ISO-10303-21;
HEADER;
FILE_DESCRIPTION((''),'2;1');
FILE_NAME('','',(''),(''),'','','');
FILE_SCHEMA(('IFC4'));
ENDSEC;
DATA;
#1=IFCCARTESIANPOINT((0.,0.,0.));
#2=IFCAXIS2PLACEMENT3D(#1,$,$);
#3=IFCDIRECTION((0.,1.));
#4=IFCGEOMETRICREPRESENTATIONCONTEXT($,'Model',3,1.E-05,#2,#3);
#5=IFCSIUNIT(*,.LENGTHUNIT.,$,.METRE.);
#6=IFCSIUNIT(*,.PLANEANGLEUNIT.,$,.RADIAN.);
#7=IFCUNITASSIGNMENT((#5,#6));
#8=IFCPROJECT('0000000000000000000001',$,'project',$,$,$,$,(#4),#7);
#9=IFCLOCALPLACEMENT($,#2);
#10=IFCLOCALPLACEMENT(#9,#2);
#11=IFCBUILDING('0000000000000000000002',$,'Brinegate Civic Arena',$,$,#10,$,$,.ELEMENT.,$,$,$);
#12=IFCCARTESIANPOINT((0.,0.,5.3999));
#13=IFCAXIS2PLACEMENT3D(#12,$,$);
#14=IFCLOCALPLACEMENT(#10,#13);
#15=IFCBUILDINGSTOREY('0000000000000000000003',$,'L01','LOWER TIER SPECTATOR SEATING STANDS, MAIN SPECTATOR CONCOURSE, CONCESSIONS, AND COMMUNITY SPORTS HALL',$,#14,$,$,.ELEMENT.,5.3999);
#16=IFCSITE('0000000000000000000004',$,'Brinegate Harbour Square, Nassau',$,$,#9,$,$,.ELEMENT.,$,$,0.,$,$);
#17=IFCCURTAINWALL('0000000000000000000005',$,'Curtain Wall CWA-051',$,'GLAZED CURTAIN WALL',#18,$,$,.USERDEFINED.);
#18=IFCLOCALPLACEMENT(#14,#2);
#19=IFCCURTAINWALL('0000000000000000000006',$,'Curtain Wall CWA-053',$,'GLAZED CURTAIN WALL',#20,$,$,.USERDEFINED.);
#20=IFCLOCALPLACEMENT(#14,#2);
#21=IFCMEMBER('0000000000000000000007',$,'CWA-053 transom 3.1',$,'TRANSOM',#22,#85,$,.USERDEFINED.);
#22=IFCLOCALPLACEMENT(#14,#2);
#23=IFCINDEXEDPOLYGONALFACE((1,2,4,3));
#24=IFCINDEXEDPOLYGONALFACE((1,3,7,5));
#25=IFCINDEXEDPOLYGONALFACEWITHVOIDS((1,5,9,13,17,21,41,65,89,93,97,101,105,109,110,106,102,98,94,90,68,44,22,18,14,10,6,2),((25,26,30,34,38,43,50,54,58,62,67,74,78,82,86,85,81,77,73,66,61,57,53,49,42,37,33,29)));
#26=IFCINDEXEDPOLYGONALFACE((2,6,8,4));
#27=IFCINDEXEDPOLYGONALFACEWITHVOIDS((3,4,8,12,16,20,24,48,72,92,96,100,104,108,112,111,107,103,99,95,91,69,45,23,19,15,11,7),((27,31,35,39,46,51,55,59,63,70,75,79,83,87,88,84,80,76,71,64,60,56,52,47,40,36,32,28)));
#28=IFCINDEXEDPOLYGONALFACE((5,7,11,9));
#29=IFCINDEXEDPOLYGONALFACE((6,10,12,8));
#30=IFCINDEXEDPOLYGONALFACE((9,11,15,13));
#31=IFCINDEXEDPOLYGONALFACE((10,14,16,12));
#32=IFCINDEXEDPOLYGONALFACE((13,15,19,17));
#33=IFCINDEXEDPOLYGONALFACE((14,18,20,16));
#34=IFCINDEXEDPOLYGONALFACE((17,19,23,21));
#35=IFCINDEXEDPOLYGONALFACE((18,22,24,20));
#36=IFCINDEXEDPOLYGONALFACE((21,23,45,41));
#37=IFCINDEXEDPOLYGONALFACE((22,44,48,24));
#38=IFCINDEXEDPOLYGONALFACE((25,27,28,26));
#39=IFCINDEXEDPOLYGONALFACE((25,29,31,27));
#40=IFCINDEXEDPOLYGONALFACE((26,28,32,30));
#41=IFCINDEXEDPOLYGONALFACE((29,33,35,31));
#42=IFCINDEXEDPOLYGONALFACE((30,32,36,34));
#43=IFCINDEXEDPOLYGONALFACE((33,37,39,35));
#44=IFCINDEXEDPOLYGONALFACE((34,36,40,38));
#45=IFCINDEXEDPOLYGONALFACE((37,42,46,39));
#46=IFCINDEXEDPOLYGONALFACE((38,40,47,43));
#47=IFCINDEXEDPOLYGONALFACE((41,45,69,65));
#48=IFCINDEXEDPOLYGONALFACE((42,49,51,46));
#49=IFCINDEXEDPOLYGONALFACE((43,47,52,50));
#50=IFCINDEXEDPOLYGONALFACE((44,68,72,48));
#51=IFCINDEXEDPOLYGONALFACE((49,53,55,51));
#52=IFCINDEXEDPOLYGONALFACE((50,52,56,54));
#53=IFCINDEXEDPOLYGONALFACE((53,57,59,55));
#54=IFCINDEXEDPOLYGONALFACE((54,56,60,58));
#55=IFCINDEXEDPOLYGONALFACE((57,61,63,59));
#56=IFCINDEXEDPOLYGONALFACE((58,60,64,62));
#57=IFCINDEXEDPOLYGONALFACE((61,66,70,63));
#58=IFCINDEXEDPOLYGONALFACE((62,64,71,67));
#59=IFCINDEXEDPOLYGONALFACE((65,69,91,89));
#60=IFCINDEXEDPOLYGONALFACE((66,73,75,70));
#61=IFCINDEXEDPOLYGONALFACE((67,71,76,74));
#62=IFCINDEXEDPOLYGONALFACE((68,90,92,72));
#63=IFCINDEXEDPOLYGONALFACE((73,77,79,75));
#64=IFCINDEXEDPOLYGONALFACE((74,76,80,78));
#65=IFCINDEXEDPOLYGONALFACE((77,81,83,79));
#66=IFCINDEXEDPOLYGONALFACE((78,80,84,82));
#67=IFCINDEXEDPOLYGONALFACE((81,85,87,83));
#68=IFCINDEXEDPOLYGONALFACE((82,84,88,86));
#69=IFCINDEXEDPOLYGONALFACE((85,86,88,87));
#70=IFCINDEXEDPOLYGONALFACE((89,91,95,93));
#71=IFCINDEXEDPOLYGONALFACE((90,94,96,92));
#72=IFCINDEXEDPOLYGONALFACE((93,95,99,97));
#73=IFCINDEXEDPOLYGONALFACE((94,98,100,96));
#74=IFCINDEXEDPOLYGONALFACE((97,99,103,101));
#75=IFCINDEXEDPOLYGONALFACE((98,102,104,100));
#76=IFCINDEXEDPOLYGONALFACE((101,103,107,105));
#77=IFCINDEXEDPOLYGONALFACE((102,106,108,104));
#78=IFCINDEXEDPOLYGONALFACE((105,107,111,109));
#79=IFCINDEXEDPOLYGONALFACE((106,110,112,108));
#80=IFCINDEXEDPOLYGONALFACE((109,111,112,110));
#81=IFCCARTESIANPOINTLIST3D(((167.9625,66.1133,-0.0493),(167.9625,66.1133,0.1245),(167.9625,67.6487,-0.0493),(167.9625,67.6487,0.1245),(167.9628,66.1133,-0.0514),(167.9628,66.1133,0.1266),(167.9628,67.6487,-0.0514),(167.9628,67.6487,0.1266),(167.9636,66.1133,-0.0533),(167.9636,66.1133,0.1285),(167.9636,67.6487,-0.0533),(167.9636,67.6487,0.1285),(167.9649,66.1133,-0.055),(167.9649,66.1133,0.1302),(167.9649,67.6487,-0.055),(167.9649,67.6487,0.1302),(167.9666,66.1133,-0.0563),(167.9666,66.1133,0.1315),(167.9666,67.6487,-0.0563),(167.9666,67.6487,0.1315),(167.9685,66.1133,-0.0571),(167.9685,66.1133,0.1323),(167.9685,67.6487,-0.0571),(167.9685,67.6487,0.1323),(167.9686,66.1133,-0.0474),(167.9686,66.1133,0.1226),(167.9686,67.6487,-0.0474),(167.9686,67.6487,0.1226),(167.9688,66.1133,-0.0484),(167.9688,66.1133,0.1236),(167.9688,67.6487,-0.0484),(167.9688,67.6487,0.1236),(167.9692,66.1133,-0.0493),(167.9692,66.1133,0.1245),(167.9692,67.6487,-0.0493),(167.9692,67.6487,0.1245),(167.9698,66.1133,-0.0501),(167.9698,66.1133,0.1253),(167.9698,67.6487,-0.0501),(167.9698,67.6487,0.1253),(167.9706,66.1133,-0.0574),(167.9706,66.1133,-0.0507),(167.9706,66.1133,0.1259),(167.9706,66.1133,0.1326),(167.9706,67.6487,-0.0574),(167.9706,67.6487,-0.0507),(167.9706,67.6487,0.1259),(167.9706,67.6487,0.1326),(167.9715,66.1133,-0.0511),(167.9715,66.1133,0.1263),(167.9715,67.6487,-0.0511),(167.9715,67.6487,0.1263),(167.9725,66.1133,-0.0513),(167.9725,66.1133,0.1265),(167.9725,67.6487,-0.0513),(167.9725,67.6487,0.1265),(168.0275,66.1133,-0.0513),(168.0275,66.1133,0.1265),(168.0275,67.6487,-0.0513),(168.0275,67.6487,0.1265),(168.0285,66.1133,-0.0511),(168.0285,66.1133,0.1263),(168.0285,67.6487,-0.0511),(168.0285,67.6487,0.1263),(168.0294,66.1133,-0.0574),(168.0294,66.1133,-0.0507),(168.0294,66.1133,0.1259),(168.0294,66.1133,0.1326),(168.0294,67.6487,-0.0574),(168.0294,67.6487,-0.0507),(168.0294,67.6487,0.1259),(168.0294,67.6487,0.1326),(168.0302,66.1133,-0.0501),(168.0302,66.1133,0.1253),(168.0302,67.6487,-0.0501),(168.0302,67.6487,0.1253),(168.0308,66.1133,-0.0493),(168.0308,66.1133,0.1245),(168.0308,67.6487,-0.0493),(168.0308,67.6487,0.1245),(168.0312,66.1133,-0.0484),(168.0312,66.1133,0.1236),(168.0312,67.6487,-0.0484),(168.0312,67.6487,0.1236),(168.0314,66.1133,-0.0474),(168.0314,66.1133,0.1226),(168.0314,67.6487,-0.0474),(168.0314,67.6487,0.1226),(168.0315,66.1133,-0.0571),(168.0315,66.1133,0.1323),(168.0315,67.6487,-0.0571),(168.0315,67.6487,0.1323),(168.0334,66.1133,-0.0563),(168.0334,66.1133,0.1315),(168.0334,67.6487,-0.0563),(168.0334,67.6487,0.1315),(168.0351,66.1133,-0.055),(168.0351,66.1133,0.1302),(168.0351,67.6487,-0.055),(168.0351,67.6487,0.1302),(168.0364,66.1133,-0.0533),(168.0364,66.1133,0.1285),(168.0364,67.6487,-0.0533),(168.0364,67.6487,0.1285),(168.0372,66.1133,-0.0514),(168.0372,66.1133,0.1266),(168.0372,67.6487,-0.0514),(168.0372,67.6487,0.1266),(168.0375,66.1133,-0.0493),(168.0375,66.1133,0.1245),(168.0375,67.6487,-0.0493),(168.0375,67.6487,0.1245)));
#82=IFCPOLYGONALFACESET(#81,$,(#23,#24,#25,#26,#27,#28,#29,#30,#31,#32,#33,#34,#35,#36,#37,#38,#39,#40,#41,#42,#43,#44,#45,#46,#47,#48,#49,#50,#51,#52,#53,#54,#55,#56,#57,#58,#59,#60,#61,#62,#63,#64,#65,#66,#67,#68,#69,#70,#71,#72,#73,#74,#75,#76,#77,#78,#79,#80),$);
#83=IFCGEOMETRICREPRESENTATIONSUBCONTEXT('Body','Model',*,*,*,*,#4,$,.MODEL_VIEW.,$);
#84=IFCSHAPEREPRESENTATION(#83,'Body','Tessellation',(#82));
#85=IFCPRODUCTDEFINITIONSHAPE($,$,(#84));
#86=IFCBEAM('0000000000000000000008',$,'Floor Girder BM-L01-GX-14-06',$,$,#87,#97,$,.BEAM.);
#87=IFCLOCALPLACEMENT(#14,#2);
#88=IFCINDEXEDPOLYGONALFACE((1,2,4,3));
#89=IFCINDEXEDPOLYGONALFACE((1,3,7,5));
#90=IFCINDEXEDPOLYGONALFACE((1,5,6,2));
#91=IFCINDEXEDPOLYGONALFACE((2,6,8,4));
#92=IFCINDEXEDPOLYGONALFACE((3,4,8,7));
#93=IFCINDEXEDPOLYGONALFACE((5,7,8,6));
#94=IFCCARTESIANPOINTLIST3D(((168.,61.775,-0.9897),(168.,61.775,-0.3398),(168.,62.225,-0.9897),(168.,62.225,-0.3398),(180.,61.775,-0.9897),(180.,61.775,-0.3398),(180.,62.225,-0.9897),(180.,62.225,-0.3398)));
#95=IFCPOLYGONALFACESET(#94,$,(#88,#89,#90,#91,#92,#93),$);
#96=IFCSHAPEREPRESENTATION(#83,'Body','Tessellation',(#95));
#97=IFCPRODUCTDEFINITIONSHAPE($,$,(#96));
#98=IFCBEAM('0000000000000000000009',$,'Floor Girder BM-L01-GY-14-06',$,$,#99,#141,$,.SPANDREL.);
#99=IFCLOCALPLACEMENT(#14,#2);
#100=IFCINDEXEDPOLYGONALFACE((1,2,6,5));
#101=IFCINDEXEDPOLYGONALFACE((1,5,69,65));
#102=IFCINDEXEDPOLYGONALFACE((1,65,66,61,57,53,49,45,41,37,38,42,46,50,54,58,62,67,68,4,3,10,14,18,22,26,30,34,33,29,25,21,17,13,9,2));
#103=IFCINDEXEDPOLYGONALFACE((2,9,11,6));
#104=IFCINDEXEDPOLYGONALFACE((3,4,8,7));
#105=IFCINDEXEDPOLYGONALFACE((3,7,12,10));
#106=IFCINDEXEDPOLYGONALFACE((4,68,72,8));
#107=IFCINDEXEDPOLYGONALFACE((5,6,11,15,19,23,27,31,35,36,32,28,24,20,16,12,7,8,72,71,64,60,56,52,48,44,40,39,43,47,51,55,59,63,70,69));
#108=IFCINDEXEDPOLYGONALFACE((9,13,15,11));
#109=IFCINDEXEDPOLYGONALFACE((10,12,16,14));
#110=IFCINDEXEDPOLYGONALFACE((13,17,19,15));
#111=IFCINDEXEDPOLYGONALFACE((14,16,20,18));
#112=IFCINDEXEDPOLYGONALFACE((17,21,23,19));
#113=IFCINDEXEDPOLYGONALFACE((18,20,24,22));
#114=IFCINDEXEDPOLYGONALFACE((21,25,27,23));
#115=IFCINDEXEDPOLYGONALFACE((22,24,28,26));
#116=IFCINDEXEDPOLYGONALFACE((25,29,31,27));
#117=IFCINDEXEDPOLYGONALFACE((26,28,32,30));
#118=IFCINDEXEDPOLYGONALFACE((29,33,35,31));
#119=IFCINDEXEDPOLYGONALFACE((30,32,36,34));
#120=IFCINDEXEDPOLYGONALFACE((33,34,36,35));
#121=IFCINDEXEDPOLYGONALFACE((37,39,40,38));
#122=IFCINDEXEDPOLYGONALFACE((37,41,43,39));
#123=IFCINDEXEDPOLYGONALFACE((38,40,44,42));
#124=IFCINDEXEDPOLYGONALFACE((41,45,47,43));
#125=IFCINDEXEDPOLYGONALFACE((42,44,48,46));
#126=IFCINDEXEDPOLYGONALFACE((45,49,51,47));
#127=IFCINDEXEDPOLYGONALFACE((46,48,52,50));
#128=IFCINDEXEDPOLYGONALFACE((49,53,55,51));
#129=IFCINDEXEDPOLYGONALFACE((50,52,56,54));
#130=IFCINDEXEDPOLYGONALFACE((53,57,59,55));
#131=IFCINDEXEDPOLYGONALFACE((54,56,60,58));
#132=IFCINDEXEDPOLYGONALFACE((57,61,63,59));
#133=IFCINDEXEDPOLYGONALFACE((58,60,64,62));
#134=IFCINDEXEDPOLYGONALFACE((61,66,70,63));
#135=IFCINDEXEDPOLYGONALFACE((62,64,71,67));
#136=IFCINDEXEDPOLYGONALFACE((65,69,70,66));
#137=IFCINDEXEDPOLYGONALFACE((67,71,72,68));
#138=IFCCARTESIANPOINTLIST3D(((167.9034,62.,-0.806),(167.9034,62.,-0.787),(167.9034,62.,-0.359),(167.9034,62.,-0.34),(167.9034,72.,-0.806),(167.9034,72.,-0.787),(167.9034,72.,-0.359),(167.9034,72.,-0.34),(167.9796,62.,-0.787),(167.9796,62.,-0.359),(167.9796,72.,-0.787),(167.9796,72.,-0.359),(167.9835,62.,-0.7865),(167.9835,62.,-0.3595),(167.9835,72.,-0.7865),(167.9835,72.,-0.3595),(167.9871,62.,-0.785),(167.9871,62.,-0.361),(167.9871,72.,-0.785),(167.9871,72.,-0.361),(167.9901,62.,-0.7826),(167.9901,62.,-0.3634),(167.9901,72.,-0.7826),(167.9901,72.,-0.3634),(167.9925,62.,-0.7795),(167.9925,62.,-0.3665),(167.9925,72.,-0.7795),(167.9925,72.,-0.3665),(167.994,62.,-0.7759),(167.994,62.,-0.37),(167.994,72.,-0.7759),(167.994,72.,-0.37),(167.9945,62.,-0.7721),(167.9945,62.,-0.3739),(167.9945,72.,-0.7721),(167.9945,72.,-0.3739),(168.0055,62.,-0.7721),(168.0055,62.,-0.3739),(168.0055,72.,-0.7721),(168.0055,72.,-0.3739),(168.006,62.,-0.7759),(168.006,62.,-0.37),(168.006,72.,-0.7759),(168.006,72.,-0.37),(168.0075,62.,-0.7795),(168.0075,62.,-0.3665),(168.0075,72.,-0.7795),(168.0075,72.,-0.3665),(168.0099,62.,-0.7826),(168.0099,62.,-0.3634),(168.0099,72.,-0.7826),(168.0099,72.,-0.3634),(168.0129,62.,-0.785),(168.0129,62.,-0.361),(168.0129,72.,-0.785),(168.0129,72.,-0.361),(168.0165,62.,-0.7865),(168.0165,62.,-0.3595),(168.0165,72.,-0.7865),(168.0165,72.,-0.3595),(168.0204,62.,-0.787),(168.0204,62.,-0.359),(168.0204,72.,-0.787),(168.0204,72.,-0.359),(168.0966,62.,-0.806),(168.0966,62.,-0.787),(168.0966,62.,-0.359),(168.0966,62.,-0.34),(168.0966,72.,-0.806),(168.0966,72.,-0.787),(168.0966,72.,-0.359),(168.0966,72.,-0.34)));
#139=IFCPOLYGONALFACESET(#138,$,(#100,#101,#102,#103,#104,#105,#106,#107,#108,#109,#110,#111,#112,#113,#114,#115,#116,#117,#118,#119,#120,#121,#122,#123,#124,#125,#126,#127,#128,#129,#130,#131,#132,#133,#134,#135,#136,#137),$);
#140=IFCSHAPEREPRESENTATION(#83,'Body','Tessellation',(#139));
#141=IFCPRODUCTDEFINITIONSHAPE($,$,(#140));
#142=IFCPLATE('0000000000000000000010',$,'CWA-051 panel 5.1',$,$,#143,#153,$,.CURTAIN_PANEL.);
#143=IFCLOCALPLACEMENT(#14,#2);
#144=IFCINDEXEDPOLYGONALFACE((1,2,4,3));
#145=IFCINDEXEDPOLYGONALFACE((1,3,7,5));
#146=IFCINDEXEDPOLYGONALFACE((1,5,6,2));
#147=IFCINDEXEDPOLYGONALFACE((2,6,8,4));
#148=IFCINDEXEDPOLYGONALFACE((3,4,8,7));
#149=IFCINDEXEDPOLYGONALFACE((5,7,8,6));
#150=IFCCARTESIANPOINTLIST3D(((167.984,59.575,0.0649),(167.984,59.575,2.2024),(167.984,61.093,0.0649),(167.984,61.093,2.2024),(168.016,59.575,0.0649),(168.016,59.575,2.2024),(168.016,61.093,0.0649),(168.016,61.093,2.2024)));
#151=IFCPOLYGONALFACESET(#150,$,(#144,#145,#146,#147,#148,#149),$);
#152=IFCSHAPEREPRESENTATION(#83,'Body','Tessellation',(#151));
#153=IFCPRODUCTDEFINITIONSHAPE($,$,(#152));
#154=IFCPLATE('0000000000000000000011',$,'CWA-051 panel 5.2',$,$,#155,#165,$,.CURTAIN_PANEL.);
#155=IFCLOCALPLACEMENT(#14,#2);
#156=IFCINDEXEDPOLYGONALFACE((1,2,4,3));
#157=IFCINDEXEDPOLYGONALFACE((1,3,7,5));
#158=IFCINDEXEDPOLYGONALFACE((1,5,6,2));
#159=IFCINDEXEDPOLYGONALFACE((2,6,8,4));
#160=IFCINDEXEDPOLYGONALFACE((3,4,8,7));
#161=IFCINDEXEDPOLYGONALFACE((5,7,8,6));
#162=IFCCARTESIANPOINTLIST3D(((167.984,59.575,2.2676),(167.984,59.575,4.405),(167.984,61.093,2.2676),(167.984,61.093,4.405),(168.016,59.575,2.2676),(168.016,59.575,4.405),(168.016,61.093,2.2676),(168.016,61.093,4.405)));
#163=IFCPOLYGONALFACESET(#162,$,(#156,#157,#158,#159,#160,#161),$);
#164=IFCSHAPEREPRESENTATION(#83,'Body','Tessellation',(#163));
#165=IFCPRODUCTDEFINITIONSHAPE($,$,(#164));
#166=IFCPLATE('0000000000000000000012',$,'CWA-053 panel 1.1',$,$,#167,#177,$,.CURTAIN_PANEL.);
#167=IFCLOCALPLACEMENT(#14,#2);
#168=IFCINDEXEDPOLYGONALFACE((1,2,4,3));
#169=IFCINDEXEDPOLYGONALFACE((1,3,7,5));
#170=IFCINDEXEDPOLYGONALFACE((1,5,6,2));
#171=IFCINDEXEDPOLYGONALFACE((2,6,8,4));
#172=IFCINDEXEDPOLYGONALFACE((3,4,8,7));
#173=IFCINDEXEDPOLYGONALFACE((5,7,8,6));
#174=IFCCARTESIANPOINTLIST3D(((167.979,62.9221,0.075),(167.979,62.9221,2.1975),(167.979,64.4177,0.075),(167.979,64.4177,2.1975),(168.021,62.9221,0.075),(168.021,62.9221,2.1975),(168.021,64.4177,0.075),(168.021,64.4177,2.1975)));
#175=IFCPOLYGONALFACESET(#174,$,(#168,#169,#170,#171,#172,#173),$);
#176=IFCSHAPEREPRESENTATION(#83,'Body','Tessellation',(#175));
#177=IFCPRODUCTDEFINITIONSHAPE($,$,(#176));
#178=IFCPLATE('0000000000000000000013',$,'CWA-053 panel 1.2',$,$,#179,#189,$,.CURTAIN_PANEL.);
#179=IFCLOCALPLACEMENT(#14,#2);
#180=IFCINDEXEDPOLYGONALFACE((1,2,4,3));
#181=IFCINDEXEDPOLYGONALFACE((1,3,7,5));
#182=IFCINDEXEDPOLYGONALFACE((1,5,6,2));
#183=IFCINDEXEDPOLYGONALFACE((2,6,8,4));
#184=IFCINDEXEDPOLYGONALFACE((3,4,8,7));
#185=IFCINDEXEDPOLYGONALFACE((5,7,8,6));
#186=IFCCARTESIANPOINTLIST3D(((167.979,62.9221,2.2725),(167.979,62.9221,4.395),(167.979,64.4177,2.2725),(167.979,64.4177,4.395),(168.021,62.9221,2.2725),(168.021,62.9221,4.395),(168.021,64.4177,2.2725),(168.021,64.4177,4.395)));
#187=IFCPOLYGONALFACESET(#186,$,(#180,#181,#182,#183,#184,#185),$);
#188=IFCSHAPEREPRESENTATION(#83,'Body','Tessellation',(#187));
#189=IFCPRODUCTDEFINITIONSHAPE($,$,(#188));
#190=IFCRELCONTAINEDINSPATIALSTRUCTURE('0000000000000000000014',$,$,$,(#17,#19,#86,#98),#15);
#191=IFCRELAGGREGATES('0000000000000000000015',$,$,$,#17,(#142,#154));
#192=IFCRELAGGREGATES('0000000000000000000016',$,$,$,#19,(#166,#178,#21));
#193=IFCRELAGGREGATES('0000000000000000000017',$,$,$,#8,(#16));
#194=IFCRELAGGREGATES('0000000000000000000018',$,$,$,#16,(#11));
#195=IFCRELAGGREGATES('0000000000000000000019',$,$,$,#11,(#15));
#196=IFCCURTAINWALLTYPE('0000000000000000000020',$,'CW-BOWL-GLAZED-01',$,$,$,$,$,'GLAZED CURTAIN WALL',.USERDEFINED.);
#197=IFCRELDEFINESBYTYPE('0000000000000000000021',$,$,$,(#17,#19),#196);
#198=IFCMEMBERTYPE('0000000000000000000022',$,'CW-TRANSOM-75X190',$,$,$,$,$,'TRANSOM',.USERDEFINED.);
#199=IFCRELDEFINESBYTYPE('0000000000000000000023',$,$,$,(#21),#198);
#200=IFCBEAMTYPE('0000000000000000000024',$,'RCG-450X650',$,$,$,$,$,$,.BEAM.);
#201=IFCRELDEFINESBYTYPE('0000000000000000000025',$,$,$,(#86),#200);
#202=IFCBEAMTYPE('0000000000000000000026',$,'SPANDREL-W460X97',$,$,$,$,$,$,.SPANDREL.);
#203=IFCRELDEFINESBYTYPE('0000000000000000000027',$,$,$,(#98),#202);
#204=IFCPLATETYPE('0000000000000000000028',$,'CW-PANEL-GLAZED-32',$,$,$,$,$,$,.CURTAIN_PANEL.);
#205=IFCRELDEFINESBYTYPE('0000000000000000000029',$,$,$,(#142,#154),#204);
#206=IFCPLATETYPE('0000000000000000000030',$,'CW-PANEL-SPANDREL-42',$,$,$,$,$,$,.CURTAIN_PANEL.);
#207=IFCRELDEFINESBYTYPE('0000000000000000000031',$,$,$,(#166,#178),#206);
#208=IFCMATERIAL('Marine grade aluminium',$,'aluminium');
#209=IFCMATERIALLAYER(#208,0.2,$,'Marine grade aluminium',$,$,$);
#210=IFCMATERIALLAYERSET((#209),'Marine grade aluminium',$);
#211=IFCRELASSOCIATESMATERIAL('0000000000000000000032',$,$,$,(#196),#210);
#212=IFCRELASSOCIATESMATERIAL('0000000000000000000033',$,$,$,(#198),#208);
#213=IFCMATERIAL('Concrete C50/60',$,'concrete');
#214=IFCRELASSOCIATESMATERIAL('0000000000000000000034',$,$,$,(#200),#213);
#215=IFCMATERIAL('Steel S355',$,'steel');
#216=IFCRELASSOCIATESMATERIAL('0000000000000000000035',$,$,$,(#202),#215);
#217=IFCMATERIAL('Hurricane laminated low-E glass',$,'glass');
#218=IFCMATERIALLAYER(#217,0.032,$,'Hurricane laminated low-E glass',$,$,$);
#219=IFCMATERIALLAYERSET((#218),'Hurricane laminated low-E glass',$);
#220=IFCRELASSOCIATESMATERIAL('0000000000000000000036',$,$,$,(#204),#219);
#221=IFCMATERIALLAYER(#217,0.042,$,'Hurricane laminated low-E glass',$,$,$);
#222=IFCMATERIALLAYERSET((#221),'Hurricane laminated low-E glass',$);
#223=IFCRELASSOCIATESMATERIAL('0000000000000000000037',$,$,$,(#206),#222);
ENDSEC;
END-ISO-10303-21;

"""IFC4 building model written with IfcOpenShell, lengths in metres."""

from ifc_helpers import new_model, si_unit, direction, frame, origin, origin_2d, place, context, subcontext, project, spatial, rectangle, hollow_rectangle, i_section, extrude, material, layer, layer_set, material_profile, profile_set, type_object, element, aggregate, save


model = new_model("IFC4")

# Units and contexts
model_context = context("Model", 3, precision=1e-05, world=origin(), true_north=direction((0.0, 1.0)))
body_context = subcontext(model_context, "Body", "Model", "MODEL_VIEW")
ifc_project = project(units=[si_unit("LENGTHUNIT", "METRE"), si_unit("PLANEANGLEUNIT", "RADIAN")], contexts=[model_context])

# Site, building, storey
site_placement = place(None, origin())
site = spatial("IfcSite", under=ifc_project, at=site_placement, Name="Brinegate Harbour Square, Nassau", CompositionType="ELEMENT", RefElevation=0.0)
building_placement = place(site_placement, origin())
building = spatial("IfcBuilding", under=site, at=building_placement, Name="Brinegate Civic Arena", CompositionType="ELEMENT")
storey_placement = place(building_placement, frame((0.0, 0.0, 5.3999)))
storey = spatial("IfcBuildingStorey", under=building, at=storey_placement, Name="L01", Description="LOWER TIER SPECTATOR SEATING STANDS, MAIN SPECTATOR CONCOURSE, CONCESSIONS, AND COMMUNITY SPORTS HALL", CompositionType="ELEMENT", Elevation=5.3999)

# Shared definitions
ifc_material_1 = material(Name="Steel S355", Category="steel")

# Curtain walls
ifc_material_2 = material(Name="Marine grade aluminium", Category="aluminium")
ifc_layer_1 = layer(ifc_material_2, 0.2, Name="Marine grade aluminium")
ifc_layer_set_1 = layer_set([ifc_layer_1], Name="Marine grade aluminium")
curtain_wall_type = type_object("IfcCurtainWallType", Name="CW-BOWL-GLAZED-01", ElementType="GLAZED CURTAIN WALL", PredefinedType="USERDEFINED", material=ifc_layer_set_1)
curtain_wall_1_placement = place(storey_placement, origin())
curtain_wall_1 = element("IfcCurtainWall", 1, at=curtain_wall_1_placement, inside=storey, type_object=curtain_wall_type, Name="Curtain Wall CWA-051", ObjectType="GLAZED CURTAIN WALL", PredefinedType="USERDEFINED")
curtain_wall_2_placement = place(storey_placement, origin())
curtain_wall_2 = element("IfcCurtainWall", 2, at=curtain_wall_2_placement, inside=storey, type_object=curtain_wall_type, Name="Curtain Wall CWA-053", ObjectType="GLAZED CURTAIN WALL", PredefinedType="USERDEFINED")

# Member
ifc_material_profile_1 = material_profile(ifc_material_2, hollow_rectangle(XDim=0.075, YDim=0.1899, WallThickness=0.0061, InnerFilletRadius=0.0039, OuterFilletRadius=0.0081, at=origin_2d()), Name="TRN75X190")
ifc_profile_set_1 = profile_set([ifc_material_profile_1], Name="Marine grade aluminium")
member_type_1 = type_object("IfcMemberType", Name="CW-TRANSOM-75X190", ElementType="TRANSOM", PredefinedType="USERDEFINED", material=ifc_profile_set_1)
member_1_placement = place(storey_placement, frame((168.0, 66.1133, 0.0376), z_axis=(0.0, 1.0, 0.0), x_axis=(-1.0, 0.0, 0.0)))
member_1 = element("IfcMember", 3, at=member_1_placement, type_object=member_type_1, Name="CWA-053 transom 3.1", ObjectType="TRANSOM", PredefinedType="USERDEFINED", context=body_context, shape_type="SweptSolid", body=[
    extrude(hollow_rectangle(XDim=0.075, YDim=0.1899, WallThickness=0.0061, InnerFilletRadius=0.0039, OuterFilletRadius=0.0081, at=origin_2d()), origin(), (0.0, 0.0, 1.0), 1.5354),
])

# Beams
ifc_material_3 = material(Name="Concrete C50/60", Category="concrete")
ifc_material_profile_2 = material_profile(ifc_material_3, rectangle(XDim=0.45, YDim=0.6499, at=origin_2d()), Name="RCB450X650")
ifc_profile_set_2 = profile_set([ifc_material_profile_2], Name="Concrete C50/60")
beam_type_1 = type_object("IfcBeamType", Name="RCG-450X650", PredefinedType="BEAM", material=ifc_profile_set_2)
beam_1_placement = place(storey_placement, frame((168.0, 62.0, -0.6648), z_axis=(1.0, 0.0, 0.0), x_axis=(0.0, 1.0, 0.0)))
element("IfcBeam", 4, at=beam_1_placement, inside=storey, type_object=beam_type_1, Name="Floor Girder BM-L01-GX-14-06", PredefinedType="BEAM", context=body_context, shape_type="SweptSolid", body=[
    extrude(rectangle(XDim=0.45, YDim=0.6499, at=origin_2d()), origin(), (0.0, 0.0, 1.0), 12.0),
])
ifc_material_profile_3 = material_profile(ifc_material_1, i_section(OverallWidth=0.1931, OverallDepth=0.4661, WebThickness=0.011, FlangeThickness=0.019, FilletRadius=0.0149, at=origin_2d()), Name="W460X97")
ifc_profile_set_3 = profile_set([ifc_material_profile_3], Name="Steel S355")
beam_type_2 = type_object("IfcBeamType", Name="SPANDREL-W460X97", PredefinedType="SPANDREL", material=ifc_profile_set_3)
beam_2_placement = place(storey_placement, frame((168.0, 62.0, -0.573), z_axis=(0.0, 1.0, 0.0), x_axis=(-1.0, 0.0, 0.0)))
element("IfcBeam", 5, at=beam_2_placement, inside=storey, type_object=beam_type_2, Name="Floor Girder BM-L01-GY-14-06", PredefinedType="SPANDREL", context=body_context, shape_type="SweptSolid", body=[
    extrude(i_section(OverallWidth=0.1931, OverallDepth=0.4661, WebThickness=0.011, FlangeThickness=0.019, FilletRadius=0.0149, at=origin_2d()), origin(), (0.0, 0.0, 1.0), 10.0),
])

# Plates
ifc_material_4 = material(Name="Hurricane laminated low-E glass", Category="glass")
ifc_layer_2 = layer(ifc_material_4, 0.032, Name="Hurricane laminated low-E glass")
ifc_layer_set_2 = layer_set([ifc_layer_2], Name="Hurricane laminated low-E glass")
plate_type_1 = type_object("IfcPlateType", Name="CW-PANEL-GLAZED-32", PredefinedType="CURTAIN_PANEL", material=ifc_layer_set_2)
plate_1_placement = place(storey_placement, frame((168.0, 60.334, 0.0649), z_axis=(0.0, 0.0, 1.0), x_axis=(0.0, 1.0, 0.0)))
plate_1 = element("IfcPlate", 6, at=plate_1_placement, type_object=plate_type_1, Name="CWA-051 panel 5.1", PredefinedType="CURTAIN_PANEL", context=body_context, shape_type="SweptSolid", body=[
    extrude(rectangle(XDim=1.5181, YDim=0.032, at=origin_2d()), origin(), (0.0, 0.0, 1.0), 2.1375),
])
plate_2_placement = place(storey_placement, frame((168.0, 60.334, 2.2676), z_axis=(0.0, 0.0, 1.0), x_axis=(0.0, 1.0, 0.0)))
plate_2 = element("IfcPlate", 7, at=plate_2_placement, type_object=plate_type_1, Name="CWA-051 panel 5.2", PredefinedType="CURTAIN_PANEL", context=body_context, shape_type="SweptSolid", body=[
    extrude(rectangle(XDim=1.5181, YDim=0.032, at=origin_2d()), origin(), (0.0, 0.0, 1.0), 2.1375),
])
aggregate(curtain_wall_1, [plate_1, plate_2])
ifc_layer_3 = layer(ifc_material_4, 0.042, Name="Hurricane laminated low-E glass")
ifc_layer_set_3 = layer_set([ifc_layer_3], Name="Hurricane laminated low-E glass")
plate_type_2 = type_object("IfcPlateType", Name="CW-PANEL-SPANDREL-42", PredefinedType="CURTAIN_PANEL", material=ifc_layer_set_3)
plate_3_placement = place(storey_placement, frame((168.0, 63.6699, 0.075), z_axis=(0.0, 0.0, 1.0), x_axis=(0.0, 1.0, 0.0)))
plate_3 = element("IfcPlate", 8, at=plate_3_placement, type_object=plate_type_2, Name="CWA-053 panel 1.1", PredefinedType="CURTAIN_PANEL", context=body_context, shape_type="SweptSolid", body=[
    extrude(rectangle(XDim=1.4956, YDim=0.042, at=origin_2d()), origin(), (0.0, 0.0, 1.0), 2.1226),
])
plate_4_placement = place(storey_placement, frame((168.0, 63.6699, 2.2725), z_axis=(0.0, 0.0, 1.0), x_axis=(0.0, 1.0, 0.0)))
plate_4 = element("IfcPlate", 9, at=plate_4_placement, type_object=plate_type_2, Name="CWA-053 panel 1.2", PredefinedType="CURTAIN_PANEL", context=body_context, shape_type="SweptSolid", body=[
    extrude(rectangle(XDim=1.4956, YDim=0.042, at=origin_2d()), origin(), (0.0, 0.0, 1.0), 2.1226),
])
aggregate(curtain_wall_2, [plate_3, plate_4, member_1])

save(model, "model.ifc")
